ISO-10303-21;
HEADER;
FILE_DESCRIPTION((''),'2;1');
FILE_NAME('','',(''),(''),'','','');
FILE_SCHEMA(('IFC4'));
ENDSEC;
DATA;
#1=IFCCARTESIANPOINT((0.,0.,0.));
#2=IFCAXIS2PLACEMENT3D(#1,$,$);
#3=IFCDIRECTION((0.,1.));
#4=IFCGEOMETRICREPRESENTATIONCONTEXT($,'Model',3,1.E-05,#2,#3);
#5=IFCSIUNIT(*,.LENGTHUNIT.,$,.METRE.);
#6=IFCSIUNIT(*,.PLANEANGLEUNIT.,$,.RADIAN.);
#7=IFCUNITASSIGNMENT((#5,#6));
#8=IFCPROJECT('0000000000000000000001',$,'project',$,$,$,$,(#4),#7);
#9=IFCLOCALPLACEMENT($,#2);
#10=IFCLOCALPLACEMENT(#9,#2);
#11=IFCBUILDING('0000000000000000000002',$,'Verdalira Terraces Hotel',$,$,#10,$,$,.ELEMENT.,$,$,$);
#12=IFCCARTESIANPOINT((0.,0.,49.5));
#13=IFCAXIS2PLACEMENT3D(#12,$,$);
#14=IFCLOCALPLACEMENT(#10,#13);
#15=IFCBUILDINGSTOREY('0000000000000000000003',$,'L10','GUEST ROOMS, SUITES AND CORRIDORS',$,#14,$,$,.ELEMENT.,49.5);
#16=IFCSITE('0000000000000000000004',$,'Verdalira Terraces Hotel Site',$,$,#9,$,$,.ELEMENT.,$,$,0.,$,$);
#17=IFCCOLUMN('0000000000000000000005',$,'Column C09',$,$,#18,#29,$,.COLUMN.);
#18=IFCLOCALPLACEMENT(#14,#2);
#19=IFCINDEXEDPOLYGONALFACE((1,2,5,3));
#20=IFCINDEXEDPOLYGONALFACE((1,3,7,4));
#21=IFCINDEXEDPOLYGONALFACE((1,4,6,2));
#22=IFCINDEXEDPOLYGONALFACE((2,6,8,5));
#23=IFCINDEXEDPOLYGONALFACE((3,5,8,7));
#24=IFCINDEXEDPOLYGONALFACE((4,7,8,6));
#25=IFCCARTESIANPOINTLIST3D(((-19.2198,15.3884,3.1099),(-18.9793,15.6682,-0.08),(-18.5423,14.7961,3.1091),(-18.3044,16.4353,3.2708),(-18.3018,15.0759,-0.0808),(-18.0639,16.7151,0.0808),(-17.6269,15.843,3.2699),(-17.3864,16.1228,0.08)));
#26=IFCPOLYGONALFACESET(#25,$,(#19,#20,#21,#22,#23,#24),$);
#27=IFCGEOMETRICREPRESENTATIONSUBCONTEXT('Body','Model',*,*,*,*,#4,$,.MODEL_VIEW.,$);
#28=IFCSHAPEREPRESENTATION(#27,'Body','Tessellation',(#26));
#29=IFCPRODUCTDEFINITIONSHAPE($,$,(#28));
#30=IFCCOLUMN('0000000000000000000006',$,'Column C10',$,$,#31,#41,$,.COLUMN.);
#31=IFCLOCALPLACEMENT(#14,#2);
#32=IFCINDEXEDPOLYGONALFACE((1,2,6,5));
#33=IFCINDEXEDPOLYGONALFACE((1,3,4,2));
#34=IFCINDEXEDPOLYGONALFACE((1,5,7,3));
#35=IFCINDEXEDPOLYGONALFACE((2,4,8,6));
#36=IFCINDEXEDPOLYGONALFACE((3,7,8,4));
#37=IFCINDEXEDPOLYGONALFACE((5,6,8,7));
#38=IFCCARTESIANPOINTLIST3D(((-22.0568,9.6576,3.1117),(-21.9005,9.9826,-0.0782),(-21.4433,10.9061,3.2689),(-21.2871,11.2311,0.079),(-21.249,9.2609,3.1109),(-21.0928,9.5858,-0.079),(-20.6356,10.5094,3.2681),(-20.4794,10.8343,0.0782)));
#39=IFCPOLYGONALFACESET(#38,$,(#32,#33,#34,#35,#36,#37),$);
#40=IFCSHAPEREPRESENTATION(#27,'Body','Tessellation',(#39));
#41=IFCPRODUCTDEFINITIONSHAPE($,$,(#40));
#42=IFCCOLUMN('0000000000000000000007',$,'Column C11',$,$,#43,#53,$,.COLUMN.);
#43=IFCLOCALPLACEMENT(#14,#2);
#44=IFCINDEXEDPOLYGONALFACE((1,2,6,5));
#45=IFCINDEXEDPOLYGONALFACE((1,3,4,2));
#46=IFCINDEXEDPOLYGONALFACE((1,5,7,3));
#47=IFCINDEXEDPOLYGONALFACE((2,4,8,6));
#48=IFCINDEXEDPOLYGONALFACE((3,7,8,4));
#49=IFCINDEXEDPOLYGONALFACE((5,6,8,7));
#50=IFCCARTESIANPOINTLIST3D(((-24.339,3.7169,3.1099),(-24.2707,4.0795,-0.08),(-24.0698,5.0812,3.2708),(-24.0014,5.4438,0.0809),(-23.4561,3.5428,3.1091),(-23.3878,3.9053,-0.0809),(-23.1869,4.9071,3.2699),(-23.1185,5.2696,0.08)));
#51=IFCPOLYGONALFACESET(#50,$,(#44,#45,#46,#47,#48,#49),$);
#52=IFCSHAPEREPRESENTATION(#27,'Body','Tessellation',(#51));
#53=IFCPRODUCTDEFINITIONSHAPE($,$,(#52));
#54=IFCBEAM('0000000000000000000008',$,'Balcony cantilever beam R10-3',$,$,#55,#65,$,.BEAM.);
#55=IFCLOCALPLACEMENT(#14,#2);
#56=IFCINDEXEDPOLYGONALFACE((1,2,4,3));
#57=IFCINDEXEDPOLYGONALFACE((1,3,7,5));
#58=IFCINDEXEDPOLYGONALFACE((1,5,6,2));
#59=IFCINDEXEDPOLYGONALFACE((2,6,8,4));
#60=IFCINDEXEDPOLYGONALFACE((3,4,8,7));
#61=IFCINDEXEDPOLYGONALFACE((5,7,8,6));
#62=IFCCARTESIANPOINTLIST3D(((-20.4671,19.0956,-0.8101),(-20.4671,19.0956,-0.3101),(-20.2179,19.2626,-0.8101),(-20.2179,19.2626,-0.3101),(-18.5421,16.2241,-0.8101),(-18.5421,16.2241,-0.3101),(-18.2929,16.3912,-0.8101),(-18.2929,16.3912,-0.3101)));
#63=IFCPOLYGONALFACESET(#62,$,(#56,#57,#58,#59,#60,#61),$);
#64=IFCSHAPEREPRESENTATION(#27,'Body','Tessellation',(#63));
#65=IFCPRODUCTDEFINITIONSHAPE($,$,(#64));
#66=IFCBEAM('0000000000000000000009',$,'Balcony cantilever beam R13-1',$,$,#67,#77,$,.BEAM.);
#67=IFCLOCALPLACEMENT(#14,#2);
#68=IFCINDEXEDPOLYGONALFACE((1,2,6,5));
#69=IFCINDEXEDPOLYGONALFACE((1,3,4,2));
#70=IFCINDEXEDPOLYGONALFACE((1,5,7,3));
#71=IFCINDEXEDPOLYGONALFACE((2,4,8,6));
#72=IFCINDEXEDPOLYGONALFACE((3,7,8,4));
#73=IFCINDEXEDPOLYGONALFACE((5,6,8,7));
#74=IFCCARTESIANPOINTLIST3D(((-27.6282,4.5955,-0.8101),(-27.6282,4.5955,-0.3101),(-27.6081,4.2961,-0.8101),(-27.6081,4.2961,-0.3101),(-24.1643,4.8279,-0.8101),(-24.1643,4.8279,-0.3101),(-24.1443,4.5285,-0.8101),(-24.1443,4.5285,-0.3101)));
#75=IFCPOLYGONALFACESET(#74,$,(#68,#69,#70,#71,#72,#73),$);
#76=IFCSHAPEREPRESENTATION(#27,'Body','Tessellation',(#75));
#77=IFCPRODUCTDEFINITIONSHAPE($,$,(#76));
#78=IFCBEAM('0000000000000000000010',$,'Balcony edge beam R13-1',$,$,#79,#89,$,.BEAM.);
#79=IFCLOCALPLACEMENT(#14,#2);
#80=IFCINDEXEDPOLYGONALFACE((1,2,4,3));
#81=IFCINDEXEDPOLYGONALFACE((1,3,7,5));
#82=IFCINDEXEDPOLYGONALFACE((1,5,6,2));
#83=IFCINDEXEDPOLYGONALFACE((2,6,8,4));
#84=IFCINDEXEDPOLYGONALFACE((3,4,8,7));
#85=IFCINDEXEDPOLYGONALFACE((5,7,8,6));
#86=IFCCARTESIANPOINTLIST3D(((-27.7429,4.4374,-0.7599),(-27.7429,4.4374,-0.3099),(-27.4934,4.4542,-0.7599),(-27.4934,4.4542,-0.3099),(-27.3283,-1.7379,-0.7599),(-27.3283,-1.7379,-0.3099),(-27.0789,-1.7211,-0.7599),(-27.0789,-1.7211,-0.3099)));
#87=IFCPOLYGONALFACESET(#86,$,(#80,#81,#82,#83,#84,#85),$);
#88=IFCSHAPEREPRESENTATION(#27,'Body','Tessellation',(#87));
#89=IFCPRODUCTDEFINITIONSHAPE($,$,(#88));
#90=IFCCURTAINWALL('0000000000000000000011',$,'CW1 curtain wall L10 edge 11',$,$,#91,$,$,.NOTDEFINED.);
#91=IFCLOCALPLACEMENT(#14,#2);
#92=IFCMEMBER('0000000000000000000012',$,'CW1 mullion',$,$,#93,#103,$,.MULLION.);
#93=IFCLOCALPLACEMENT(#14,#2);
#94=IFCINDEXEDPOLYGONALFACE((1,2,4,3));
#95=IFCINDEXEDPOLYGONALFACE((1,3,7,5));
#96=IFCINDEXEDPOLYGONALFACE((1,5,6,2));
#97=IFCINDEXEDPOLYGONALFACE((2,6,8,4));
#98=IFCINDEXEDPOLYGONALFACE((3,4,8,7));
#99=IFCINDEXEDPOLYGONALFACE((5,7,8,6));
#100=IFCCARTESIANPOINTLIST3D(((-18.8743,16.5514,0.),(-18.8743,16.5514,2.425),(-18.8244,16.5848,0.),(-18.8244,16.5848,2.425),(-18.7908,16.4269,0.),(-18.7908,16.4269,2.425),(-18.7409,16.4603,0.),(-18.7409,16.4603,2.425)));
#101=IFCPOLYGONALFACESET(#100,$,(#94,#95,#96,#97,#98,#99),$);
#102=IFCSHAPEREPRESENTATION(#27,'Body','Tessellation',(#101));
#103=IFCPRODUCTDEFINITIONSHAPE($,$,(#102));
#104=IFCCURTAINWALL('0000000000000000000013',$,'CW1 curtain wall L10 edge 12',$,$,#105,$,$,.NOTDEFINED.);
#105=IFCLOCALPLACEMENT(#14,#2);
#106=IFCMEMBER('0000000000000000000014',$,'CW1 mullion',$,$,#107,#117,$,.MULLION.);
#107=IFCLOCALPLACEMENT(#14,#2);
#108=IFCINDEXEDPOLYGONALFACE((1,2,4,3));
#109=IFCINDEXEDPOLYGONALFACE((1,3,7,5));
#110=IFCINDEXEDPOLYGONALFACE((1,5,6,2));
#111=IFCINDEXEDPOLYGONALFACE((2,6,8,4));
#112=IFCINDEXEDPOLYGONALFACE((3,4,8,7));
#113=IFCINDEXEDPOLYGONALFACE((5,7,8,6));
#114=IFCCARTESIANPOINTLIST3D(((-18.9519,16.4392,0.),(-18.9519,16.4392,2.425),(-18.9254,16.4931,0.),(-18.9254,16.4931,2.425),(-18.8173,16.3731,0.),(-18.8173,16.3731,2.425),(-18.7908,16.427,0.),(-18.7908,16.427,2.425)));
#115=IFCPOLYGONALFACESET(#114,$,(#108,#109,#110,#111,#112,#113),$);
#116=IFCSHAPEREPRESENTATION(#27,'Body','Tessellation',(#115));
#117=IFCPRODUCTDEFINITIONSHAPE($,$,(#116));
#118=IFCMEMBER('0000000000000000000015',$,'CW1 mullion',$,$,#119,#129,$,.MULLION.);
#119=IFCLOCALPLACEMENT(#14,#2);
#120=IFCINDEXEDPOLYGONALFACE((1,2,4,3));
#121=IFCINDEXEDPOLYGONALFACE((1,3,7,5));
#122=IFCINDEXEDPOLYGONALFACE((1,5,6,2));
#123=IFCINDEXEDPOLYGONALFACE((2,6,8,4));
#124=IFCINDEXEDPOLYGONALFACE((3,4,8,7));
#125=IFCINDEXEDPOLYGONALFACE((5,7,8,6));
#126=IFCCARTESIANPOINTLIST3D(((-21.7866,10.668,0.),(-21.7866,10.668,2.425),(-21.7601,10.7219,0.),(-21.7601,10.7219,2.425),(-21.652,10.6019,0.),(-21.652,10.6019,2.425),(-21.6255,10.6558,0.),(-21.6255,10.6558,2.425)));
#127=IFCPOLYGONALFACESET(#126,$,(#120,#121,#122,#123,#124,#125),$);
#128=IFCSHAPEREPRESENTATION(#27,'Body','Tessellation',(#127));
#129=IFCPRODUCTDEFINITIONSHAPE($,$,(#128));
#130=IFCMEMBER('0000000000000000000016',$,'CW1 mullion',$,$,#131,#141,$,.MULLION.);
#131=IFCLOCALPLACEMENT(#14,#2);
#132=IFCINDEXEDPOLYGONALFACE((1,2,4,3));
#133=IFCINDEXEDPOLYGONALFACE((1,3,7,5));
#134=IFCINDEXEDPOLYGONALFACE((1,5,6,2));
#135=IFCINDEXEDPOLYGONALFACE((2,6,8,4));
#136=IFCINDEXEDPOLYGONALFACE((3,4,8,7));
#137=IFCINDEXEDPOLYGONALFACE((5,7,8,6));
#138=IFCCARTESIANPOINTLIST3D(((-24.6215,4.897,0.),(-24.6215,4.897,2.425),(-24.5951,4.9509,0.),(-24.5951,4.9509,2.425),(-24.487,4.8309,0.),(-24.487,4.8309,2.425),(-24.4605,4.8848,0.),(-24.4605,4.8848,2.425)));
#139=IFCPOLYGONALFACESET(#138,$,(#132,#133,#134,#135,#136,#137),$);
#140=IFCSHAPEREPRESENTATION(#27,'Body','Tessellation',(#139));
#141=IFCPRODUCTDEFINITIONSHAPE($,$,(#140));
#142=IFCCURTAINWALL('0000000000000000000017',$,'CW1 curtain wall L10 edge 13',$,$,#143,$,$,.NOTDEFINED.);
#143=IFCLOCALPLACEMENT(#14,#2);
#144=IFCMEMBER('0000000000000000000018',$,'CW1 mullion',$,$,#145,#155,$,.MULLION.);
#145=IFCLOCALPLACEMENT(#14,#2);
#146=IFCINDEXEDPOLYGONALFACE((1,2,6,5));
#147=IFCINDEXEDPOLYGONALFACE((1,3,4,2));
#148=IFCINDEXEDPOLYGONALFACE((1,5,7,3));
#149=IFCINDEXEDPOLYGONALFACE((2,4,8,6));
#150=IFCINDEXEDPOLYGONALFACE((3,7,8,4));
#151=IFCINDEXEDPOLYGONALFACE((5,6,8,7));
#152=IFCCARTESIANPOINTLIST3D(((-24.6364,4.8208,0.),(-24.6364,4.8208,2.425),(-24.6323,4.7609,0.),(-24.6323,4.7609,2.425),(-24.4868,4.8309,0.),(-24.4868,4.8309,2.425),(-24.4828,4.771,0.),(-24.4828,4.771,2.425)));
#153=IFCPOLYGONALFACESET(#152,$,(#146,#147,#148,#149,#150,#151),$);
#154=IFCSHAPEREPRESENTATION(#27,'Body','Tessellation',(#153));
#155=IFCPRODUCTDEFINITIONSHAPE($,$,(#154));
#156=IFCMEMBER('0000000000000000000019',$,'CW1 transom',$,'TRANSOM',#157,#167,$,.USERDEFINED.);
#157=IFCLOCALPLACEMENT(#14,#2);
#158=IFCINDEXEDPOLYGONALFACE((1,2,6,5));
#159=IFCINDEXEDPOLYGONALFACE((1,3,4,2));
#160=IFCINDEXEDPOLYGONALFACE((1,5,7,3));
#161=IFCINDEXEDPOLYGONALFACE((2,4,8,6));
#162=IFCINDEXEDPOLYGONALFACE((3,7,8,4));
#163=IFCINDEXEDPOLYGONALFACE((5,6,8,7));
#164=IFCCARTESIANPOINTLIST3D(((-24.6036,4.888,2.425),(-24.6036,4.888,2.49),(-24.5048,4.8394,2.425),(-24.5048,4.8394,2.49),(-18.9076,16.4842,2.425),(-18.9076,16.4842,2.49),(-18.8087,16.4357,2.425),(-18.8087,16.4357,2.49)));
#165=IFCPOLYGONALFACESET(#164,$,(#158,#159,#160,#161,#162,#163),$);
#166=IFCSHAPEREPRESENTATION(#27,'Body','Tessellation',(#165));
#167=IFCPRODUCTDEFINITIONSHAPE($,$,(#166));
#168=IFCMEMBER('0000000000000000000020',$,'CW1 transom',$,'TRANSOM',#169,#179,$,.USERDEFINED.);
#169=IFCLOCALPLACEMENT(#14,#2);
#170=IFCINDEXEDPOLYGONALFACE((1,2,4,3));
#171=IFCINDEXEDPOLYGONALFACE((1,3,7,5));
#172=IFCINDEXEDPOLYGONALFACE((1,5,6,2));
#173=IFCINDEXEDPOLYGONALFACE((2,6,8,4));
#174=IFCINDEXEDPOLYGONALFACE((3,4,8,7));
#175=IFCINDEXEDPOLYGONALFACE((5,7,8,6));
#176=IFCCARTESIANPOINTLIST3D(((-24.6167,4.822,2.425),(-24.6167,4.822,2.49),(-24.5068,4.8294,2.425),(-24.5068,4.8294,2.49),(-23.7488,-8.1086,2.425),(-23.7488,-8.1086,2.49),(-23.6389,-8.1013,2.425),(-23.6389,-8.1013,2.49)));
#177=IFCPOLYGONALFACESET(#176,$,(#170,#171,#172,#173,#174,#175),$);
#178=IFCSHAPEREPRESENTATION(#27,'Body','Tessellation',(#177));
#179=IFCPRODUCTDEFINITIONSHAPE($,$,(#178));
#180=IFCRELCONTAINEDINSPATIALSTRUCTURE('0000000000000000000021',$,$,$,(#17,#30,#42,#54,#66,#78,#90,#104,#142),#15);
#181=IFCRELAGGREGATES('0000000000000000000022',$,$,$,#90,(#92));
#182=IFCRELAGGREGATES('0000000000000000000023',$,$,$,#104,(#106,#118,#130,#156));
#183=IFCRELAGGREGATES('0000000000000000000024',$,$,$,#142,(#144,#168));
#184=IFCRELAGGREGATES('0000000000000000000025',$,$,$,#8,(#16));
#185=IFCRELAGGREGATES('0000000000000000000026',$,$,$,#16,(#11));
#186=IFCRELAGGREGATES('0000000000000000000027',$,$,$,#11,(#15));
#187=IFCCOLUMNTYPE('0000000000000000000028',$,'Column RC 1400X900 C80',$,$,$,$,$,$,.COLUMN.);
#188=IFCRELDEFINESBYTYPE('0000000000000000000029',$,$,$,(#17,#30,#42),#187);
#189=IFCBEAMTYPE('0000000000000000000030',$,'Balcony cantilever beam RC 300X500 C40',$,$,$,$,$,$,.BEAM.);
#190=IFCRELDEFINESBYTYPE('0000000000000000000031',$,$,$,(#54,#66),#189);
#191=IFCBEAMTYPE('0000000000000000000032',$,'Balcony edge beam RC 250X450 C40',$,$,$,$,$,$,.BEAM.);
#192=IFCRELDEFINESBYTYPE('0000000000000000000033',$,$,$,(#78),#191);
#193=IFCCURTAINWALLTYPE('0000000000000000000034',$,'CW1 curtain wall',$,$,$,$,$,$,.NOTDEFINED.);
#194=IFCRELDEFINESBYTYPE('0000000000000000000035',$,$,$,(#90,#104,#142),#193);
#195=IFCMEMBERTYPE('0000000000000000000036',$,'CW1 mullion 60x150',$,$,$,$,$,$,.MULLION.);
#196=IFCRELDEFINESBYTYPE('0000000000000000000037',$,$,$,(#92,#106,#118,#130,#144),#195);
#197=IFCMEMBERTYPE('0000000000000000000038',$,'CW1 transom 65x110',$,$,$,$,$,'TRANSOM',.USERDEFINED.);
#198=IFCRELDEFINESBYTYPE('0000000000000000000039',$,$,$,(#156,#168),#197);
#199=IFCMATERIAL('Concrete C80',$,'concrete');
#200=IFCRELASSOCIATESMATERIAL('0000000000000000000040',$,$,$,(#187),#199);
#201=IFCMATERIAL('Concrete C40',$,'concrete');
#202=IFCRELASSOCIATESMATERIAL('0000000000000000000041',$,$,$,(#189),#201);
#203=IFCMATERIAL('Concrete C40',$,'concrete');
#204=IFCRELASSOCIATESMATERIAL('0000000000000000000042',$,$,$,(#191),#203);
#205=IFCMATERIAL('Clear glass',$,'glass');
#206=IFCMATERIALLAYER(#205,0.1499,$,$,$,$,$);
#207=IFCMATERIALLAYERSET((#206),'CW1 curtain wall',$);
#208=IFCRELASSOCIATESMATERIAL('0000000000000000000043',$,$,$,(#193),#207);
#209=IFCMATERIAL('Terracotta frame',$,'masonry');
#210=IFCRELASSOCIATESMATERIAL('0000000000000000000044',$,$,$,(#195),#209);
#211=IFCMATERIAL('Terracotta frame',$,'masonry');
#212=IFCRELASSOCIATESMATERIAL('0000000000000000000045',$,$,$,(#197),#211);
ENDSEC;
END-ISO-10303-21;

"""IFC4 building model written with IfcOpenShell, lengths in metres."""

from ifc_helpers import new_model, si_unit, direction, frame, origin, origin_2d, place, context, subcontext, project, spatial, rectangle, extrude, material, layer, layer_set, material_profile, profile_set, type_object, element, aggregate, save


model = new_model("IFC4")

# Units and contexts
model_context = context("Model", 3, precision=1e-05, world=origin(), true_north=direction((0.0, 1.0)))
body_context = subcontext(model_context, "Body", "Model", "MODEL_VIEW")
ifc_project = project(units=[si_unit("LENGTHUNIT", "METRE"), si_unit("PLANEANGLEUNIT", "RADIAN")], contexts=[model_context])

# Site, building, storey
site_placement = place(None, origin())
site = spatial("IfcSite", under=ifc_project, at=site_placement, Name="Verdalira Terraces Hotel Site", CompositionType="ELEMENT", RefElevation=0.0)
building_placement = place(site_placement, origin())
building = spatial("IfcBuilding", under=site, at=building_placement, Name="Verdalira Terraces Hotel", CompositionType="ELEMENT")
storey_placement = place(building_placement, frame((0.0, 0.0, 49.5)))
storey = spatial("IfcBuildingStorey", under=building, at=storey_placement, Name="L10", Description="GUEST ROOMS, SUITES AND CORRIDORS", CompositionType="ELEMENT", Elevation=49.5)

# Columns
ifc_material_1 = material(Name="Concrete C80", Category="concrete")
ifc_material_profile_1 = material_profile(ifc_material_1, rectangle(XDim=1.3999, YDim=0.8999, at=origin_2d()), Name="RC 1400X900")
ifc_profile_set_1 = profile_set([ifc_material_profile_1], Name="Concrete C80")
column_type = type_object("IfcColumnType", Name="Column RC 1400X900 C80", PredefinedType="COLUMN", material=ifc_profile_set_1)
column_1_placement = place(storey_placement, frame((-18.1829, 15.8955, 0.0), z_axis=(-0.074887, -0.087128, 0.993378), x_axis=(0.653883, 0.747823, 0.114884)))
element("IfcColumn", 1, at=column_1_placement, inside=storey, type_object=column_type, Name="Column C09", PredefinedType="COLUMN", context=body_context, shape_type="SweptSolid", body=[
    extrude(rectangle(XDim=1.3999, YDim=0.8999, at=origin_2d()), origin(), (0.0, 0.0, 1.0), 3.2112),
])
column_2_placement = place(storey_placement, frame((-21.1899, 10.4084, 0.0), z_axis=(-0.048672, -0.101223, 0.993672), x_axis=(-0.438189, -0.891839, -0.112313)))
element("IfcColumn", 2, at=column_2_placement, inside=storey, type_object=column_type, Name="Column C10", PredefinedType="COLUMN", context=body_context, shape_type="SweptSolid", body=[
    extrude(rectangle(XDim=1.3999, YDim=0.8999, at=origin_2d()), origin(), (0.0, 0.0, 1.0), 3.2102),
])
column_3_placement = place(storey_placement, frame((-23.6946, 4.6746, 0.0), z_axis=(-0.021288, -0.112901, 0.993378), x_axis=(0.192341, 0.97458, 0.114886)))
element("IfcColumn", 3, at=column_3_placement, inside=storey, type_object=column_type, Name="Column C11", PredefinedType="COLUMN", context=body_context, shape_type="SweptSolid", body=[
    extrude(rectangle(XDim=1.3999, YDim=0.8999, at=origin_2d()), origin(), (0.0, 0.0, 1.0), 3.2112),
])

# Beams
ifc_material_2 = material(Name="Concrete C40", Category="concrete")
ifc_material_profile_2 = material_profile(ifc_material_2, rectangle(XDim=0.3, YDim=0.5, at=origin_2d()), Name="RC 300X500")
ifc_profile_set_2 = profile_set([ifc_material_profile_2], Name="Concrete C40")
beam_type_1 = type_object("IfcBeamType", Name="Balcony cantilever beam RC 300X500 C40", PredefinedType="BEAM", material=ifc_profile_set_2)
beam_1_placement = place(storey_placement, frame((-18.4175, 16.3076, -0.5601), z_axis=(-0.556833, 0.830624, 0.0), x_axis=(-0.830624, -0.556833, 0.0)))
element("IfcBeam", 4, at=beam_1_placement, inside=storey, type_object=beam_type_1, Name="Balcony cantilever beam R10-3", PredefinedType="BEAM", context=body_context, shape_type="SweptSolid", body=[
    extrude(rectangle(XDim=0.3, YDim=0.5, at=origin_2d()), origin(), (0.0, 0.0, 1.0), 3.457),
])
beam_2_placement = place(storey_placement, frame((-24.1543, 4.6782, -0.5601), z_axis=(-0.997756, -0.066948, 0.0), x_axis=(0.066948, -0.997756, 0.0)))
element("IfcBeam", 5, at=beam_2_placement, inside=storey, type_object=beam_type_1, Name="Balcony cantilever beam R13-1", PredefinedType="BEAM", context=body_context, shape_type="SweptSolid", body=[
    extrude(rectangle(XDim=0.3, YDim=0.5, at=origin_2d()), origin(), (0.0, 0.0, 1.0), 3.4717),
])
ifc_material_3 = material(Name="Concrete C40", Category="concrete")
ifc_material_profile_3 = material_profile(ifc_material_3, rectangle(XDim=0.25, YDim=0.45, at=origin_2d()), Name="RC 250X450")
ifc_profile_set_3 = profile_set([ifc_material_profile_3], Name="Concrete C40")
beam_type_2 = type_object("IfcBeamType", Name="Balcony edge beam RC 250X450 C40", PredefinedType="BEAM", material=ifc_profile_set_3)
beam_3_placement = place(storey_placement, frame((-27.6182, 4.4458, -0.5349), z_axis=(0.06698, -0.997754, 0.0), x_axis=(0.997754, 0.06698, 0.0)))
element("IfcBeam", 6, at=beam_3_placement, inside=storey, type_object=beam_type_2, Name="Balcony edge beam R13-1", PredefinedType="BEAM", context=body_context, shape_type="SweptSolid", body=[
    extrude(rectangle(XDim=0.25, YDim=0.45, at=origin_2d()), origin(), (0.0, 0.0, 1.0), 6.1892),
])

# Curtain wall, member
ifc_material_4 = material(Name="Clear glass", Category="glass")
ifc_layer_1 = layer(ifc_material_4, 0.1499)
ifc_layer_set_1 = layer_set([ifc_layer_1], Name="CW1 curtain wall")
curtain_wall_type = type_object("IfcCurtainWallType", Name="CW1 curtain wall", PredefinedType="NOTDEFINED", material=ifc_layer_set_1)
curtain_wall_1_placement = place(storey_placement, origin())
curtain_wall_1 = element("IfcCurtainWall", 7, at=curtain_wall_1_placement, inside=storey, type_object=curtain_wall_type, Name="CW1 curtain wall L10 edge 11", PredefinedType="NOTDEFINED")
ifc_material_5 = material(Name="Terracotta frame", Category="masonry")
ifc_material_profile_4 = material_profile(ifc_material_5, rectangle(XDim=0.0601, YDim=0.1499, at=origin_2d()), Name="MU 60x150")
ifc_profile_set_4 = profile_set([ifc_material_profile_4], Name="Terracotta frame")
member_type_1 = type_object("IfcMemberType", Name="CW1 mullion 60x150", PredefinedType="MULLION", material=ifc_profile_set_4)
member_1_placement = place(storey_placement, frame((-18.8076, 16.5059, 0.0), z_axis=(0.0, 0.0, 1.0), x_axis=(-0.830596, -0.556876, 0.0)))
member_1 = element("IfcMember", 8, at=member_1_placement, type_object=member_type_1, Name="CW1 mullion", PredefinedType="MULLION", context=body_context, shape_type="SweptSolid", body=[
    extrude(rectangle(XDim=0.0601, YDim=0.1499, at=origin_2d()), origin(), (0.0, 0.0, 1.0), 2.425),
])
aggregate(curtain_wall_1, [member_1])

# Curtain wall, members
curtain_wall_2_placement = place(storey_placement, origin())
curtain_wall_2 = element("IfcCurtainWall", 9, at=curtain_wall_2_placement, inside=storey, type_object=curtain_wall_type, Name="CW1 curtain wall L10 edge 12", PredefinedType="NOTDEFINED")
member_2_placement = place(storey_placement, frame((-18.8713, 16.4331, 0.0), z_axis=(0.0, 0.0, 1.0), x_axis=(-0.440879, -0.897566, 0.0)))
member_2 = element("IfcMember", 10, at=member_2_placement, type_object=member_type_1, Name="CW1 mullion", PredefinedType="MULLION", context=body_context, shape_type="SweptSolid", body=[
    extrude(rectangle(XDim=0.0601, YDim=0.1499, at=origin_2d()), origin(), (0.0, 0.0, 1.0), 2.425),
])
member_3_placement = place(storey_placement, frame((-21.7061, 10.6619, 0.0), z_axis=(0.0, 0.0, 1.0), x_axis=(-0.440879, -0.897566, 0.0)))
member_3 = element("IfcMember", 11, at=member_3_placement, type_object=member_type_1, Name="CW1 mullion", PredefinedType="MULLION", context=body_context, shape_type="SweptSolid", body=[
    extrude(rectangle(XDim=0.0601, YDim=0.1499, at=origin_2d()), origin(), (0.0, 0.0, 1.0), 2.425),
])
member_4_placement = place(storey_placement, frame((-24.541, 4.8909, 0.0), z_axis=(0.0, 0.0, 1.0), x_axis=(-0.440879, -0.897566, 0.0)))
member_4 = element("IfcMember", 12, at=member_4_placement, type_object=member_type_1, Name="CW1 mullion", PredefinedType="MULLION", context=body_context, shape_type="SweptSolid", body=[
    extrude(rectangle(XDim=0.0601, YDim=0.1499, at=origin_2d()), origin(), (0.0, 0.0, 1.0), 2.425),
])

# Curtain wall, member
curtain_wall_3_placement = place(storey_placement, origin())
curtain_wall_3 = element("IfcCurtainWall", 13, at=curtain_wall_3_placement, inside=storey, type_object=curtain_wall_type, Name="CW1 curtain wall L10 edge 13", PredefinedType="NOTDEFINED")
member_5_placement = place(storey_placement, frame((-24.5596, 4.7959, 0.0), z_axis=(0.0, 0.0, 1.0), x_axis=(0.06697, -0.997755, 0.0)))
member_5 = element("IfcMember", 14, at=member_5_placement, type_object=member_type_1, Name="CW1 mullion", PredefinedType="MULLION", context=body_context, shape_type="SweptSolid", body=[
    extrude(rectangle(XDim=0.0601, YDim=0.1499, at=origin_2d()), origin(), (0.0, 0.0, 1.0), 2.425),
])

# Members
ifc_material_6 = material(Name="Terracotta frame", Category="masonry")
ifc_material_profile_5 = material_profile(ifc_material_6, rectangle(XDim=0.1101, YDim=0.0649, at=origin_2d()), Name="TR 65x110")
ifc_profile_set_5 = profile_set([ifc_material_profile_5], Name="Terracotta frame")
member_type_2 = type_object("IfcMemberType", Name="CW1 transom 65x110", ElementType="TRANSOM", PredefinedType="USERDEFINED", material=ifc_profile_set_5)
member_6_placement = place(storey_placement, frame((-18.8582, 16.46, 2.4575), z_axis=(-0.440883, -0.897564, 0.0), x_axis=(0.897564, -0.440883, 0.0)))
member_6 = element("IfcMember", 15, at=member_6_placement, type_object=member_type_2, Name="CW1 transom", ObjectType="TRANSOM", PredefinedType="USERDEFINED", context=body_context, shape_type="SweptSolid", body=[
    extrude(rectangle(XDim=0.1101, YDim=0.0649, at=origin_2d()), origin(), (0.0, 0.0, 1.0), 12.9197),
])
member_7_placement = place(storey_placement, frame((-24.5618, 4.8257, 2.4575), z_axis=(0.06697, -0.997755, 0.0), x_axis=(0.997755, 0.06697, 0.0)))
member_7 = element("IfcMember", 16, at=member_7_placement, type_object=member_type_2, Name="CW1 transom", ObjectType="TRANSOM", PredefinedType="USERDEFINED", context=body_context, shape_type="SweptSolid", body=[
    extrude(rectangle(XDim=0.1101, YDim=0.0649, at=origin_2d()), origin(), (0.0, 0.0, 1.0), 12.9597),
])

aggregate(curtain_wall_2, [member_2, member_3, member_4, member_6])
aggregate(curtain_wall_3, [member_5, member_7])

save(model, "model.ifc")
